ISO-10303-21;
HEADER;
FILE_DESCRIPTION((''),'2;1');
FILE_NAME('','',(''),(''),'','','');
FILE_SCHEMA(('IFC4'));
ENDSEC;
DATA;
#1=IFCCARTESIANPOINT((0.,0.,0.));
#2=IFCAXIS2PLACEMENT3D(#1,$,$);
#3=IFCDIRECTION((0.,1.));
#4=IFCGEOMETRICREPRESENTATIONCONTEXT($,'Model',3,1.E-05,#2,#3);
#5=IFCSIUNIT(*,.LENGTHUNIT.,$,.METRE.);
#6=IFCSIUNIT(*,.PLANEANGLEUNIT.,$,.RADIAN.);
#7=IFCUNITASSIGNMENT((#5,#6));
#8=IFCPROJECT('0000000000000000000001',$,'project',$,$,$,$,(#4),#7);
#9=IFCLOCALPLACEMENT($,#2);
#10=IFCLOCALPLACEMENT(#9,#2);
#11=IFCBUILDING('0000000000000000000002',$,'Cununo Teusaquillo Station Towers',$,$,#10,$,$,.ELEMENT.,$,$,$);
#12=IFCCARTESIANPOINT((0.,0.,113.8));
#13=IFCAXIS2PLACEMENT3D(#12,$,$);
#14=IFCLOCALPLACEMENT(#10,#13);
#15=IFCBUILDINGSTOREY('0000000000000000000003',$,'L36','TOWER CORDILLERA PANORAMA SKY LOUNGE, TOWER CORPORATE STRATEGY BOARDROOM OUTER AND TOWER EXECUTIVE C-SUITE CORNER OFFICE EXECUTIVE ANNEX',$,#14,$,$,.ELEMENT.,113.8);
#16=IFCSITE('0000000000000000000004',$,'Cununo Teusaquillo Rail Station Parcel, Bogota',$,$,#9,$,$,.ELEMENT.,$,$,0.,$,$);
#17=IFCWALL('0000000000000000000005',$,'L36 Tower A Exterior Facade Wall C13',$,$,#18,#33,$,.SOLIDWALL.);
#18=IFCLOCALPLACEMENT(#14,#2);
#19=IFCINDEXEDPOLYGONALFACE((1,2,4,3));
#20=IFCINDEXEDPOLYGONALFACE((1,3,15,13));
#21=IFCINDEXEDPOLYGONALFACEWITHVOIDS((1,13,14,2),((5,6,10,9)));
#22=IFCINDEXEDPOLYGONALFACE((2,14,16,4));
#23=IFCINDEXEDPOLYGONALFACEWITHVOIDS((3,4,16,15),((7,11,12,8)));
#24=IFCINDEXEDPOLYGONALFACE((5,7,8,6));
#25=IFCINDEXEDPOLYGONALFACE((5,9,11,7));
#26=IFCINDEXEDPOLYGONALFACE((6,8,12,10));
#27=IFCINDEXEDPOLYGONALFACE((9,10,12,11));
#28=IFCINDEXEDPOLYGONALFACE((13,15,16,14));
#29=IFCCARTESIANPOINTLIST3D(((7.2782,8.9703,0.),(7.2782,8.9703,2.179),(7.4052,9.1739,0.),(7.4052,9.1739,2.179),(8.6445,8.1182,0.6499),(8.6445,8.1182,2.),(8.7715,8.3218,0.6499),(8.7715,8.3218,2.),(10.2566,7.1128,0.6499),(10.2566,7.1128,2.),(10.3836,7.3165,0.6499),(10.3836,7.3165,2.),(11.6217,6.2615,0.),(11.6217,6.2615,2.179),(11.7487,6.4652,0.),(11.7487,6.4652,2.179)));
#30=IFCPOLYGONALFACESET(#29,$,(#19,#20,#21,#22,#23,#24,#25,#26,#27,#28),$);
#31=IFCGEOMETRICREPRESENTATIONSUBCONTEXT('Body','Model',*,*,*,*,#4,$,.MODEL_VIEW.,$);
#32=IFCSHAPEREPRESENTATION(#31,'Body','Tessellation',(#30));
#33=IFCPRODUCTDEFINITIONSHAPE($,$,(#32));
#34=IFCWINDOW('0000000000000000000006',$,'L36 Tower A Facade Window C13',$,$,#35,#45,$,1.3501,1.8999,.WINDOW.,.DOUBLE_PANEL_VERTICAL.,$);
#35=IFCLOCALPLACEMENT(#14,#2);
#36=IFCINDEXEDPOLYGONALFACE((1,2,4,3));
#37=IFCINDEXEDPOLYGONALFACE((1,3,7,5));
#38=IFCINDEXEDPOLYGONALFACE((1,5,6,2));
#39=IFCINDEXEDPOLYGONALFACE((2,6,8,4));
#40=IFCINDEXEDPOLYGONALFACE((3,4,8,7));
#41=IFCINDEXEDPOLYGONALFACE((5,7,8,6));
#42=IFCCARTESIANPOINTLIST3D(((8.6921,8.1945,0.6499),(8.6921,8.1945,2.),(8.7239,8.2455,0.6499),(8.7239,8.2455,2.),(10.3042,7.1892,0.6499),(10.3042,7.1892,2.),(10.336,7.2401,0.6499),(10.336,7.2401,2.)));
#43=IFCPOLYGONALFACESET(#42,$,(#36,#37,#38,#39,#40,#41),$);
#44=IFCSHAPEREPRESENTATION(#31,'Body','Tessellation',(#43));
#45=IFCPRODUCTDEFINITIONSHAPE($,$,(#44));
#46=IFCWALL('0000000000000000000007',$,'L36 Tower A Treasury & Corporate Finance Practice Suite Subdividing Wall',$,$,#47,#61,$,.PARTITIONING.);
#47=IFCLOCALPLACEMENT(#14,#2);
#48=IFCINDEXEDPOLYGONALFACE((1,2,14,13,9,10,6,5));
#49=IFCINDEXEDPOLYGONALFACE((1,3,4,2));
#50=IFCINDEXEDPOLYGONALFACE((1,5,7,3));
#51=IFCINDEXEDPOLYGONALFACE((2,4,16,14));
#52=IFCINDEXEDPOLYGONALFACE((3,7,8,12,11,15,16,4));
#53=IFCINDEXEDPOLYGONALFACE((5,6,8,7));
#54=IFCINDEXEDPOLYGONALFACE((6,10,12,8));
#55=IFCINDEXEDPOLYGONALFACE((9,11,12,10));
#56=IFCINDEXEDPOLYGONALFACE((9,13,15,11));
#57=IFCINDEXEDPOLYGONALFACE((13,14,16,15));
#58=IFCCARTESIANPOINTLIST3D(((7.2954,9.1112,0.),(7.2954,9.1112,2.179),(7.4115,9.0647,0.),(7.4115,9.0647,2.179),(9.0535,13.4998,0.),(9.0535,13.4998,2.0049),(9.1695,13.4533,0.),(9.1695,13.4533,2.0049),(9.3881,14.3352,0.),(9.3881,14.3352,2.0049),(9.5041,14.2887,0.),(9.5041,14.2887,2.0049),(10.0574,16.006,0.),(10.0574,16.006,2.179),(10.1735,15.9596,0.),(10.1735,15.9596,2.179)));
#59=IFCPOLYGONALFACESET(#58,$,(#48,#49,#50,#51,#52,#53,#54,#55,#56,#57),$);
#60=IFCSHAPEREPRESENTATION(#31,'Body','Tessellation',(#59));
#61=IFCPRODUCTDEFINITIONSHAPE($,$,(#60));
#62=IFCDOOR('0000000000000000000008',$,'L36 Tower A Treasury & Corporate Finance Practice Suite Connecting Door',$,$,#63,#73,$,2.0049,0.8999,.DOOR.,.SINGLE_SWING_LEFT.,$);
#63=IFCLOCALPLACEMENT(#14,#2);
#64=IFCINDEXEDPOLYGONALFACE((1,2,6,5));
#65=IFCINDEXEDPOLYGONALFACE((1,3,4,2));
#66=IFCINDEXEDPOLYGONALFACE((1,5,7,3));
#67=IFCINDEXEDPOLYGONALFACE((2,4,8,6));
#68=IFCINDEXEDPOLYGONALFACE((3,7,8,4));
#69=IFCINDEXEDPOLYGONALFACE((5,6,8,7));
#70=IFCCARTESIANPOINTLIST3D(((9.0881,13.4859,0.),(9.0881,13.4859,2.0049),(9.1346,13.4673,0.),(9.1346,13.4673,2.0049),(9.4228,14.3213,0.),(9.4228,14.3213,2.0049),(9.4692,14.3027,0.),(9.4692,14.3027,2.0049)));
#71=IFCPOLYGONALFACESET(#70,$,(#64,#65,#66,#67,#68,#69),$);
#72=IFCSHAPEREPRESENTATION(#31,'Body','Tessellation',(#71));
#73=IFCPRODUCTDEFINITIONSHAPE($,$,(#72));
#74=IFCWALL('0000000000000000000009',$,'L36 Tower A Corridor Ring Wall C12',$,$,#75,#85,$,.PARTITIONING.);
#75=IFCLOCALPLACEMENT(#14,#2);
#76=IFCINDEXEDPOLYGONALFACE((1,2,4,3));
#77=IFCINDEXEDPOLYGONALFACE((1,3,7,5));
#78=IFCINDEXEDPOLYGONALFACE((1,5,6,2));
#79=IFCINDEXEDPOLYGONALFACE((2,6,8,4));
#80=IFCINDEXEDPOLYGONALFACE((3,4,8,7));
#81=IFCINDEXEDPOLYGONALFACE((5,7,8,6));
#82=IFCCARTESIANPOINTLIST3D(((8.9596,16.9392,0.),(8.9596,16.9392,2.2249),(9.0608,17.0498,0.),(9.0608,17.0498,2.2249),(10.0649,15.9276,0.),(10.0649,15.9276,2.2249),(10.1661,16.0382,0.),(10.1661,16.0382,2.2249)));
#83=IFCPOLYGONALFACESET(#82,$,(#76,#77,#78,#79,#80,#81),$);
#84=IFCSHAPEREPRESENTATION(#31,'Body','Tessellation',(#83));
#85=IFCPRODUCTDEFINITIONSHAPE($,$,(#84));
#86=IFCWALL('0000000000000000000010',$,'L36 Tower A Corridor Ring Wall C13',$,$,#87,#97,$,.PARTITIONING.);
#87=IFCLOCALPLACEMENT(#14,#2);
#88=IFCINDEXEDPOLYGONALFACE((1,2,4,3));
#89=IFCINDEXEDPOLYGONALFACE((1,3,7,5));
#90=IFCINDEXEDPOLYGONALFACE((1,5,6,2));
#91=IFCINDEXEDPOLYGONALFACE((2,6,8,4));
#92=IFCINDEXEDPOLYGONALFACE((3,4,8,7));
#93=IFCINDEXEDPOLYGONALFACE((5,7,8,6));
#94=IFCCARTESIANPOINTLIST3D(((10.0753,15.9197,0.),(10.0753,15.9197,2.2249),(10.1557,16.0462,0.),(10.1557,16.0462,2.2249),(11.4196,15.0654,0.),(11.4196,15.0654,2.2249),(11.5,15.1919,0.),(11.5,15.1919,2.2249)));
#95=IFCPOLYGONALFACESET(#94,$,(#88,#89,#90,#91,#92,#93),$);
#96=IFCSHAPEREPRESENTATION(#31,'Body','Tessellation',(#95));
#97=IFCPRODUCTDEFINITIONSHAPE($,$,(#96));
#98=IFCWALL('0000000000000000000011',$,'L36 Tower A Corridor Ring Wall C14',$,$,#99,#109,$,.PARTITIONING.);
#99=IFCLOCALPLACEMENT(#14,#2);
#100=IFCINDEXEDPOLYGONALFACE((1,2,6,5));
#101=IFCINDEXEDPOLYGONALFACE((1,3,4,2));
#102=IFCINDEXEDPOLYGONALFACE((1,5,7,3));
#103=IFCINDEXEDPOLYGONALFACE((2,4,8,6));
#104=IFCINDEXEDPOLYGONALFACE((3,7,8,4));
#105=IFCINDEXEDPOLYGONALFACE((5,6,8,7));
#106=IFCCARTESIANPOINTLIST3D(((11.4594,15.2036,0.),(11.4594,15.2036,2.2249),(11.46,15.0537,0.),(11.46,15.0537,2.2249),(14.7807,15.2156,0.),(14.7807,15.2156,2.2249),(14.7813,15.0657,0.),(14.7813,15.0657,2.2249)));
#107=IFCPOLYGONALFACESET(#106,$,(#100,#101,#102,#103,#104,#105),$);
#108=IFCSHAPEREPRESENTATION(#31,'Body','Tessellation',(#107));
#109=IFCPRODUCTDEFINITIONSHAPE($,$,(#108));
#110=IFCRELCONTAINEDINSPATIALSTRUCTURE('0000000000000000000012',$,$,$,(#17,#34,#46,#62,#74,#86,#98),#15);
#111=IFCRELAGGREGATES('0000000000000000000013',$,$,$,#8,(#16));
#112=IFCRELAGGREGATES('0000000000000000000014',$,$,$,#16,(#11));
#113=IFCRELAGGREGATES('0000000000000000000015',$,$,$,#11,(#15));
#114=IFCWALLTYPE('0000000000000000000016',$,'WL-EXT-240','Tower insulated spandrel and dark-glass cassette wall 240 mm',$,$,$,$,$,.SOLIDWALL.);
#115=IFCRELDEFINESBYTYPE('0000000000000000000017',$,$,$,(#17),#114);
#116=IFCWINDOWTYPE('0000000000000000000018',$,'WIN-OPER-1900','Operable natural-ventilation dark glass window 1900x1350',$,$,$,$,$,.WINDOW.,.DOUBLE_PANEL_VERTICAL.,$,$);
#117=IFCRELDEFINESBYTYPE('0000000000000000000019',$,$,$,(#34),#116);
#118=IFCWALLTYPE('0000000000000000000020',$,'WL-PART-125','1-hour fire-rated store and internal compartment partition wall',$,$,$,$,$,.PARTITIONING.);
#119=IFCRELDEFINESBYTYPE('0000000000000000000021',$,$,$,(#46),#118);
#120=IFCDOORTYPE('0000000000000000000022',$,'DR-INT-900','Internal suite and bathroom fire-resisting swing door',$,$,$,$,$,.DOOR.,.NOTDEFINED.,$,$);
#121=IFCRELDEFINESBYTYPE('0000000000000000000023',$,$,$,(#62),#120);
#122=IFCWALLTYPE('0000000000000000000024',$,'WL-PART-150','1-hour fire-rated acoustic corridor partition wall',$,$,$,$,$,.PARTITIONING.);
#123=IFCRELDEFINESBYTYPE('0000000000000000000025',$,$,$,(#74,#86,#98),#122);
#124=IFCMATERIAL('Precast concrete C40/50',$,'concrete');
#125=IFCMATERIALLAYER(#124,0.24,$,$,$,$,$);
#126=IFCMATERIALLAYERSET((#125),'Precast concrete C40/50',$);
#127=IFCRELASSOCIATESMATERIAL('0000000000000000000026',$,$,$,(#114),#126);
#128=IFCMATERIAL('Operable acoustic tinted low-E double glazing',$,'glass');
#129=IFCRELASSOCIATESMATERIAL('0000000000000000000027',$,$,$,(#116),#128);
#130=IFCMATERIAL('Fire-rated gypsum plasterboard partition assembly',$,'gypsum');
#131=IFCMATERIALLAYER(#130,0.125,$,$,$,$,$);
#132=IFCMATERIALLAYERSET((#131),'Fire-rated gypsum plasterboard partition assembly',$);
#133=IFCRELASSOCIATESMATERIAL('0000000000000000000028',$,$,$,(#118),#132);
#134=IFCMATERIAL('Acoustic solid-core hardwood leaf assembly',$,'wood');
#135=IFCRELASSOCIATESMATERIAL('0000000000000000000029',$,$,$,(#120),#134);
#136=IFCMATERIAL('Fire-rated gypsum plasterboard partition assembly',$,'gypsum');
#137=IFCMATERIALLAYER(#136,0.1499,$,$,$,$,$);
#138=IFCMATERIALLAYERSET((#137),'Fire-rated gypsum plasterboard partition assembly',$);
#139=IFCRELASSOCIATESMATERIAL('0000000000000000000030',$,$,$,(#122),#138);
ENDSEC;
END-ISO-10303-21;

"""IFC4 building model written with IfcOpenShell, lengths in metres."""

from ifc_helpers import new_model, si_unit, direction, frame, frame_2d, origin, place, context, subcontext, project, spatial, rectangle, extrude, source, transform, mapped, material, layer, layer_set, type_object, element, fill, save


model = new_model("IFC4")

# Units and contexts
model_context = context("Model", 3, precision=1e-05, world=origin(), true_north=direction((0.0, 1.0)))
body_context = subcontext(model_context, "Body", "Model", "MODEL_VIEW")
ifc_project = project(units=[si_unit("LENGTHUNIT", "METRE"), si_unit("PLANEANGLEUNIT", "RADIAN")], contexts=[model_context])

# Site, building, storey
site_placement = place(None, origin())
site = spatial("IfcSite", under=ifc_project, at=site_placement, Name="Cununo Teusaquillo Rail Station Parcel, Bogota", CompositionType="ELEMENT", RefElevation=0.0)
building_placement = place(site_placement, origin())
building = spatial("IfcBuilding", under=site, at=building_placement, Name="Cununo Teusaquillo Station Towers", CompositionType="ELEMENT")
storey_placement = place(building_placement, frame((0.0, 0.0, 113.8)))
storey = spatial("IfcBuildingStorey", under=building, at=storey_placement, Name="L36", Description="TOWER CORDILLERA PANORAMA SKY LOUNGE, TOWER CORPORATE STRATEGY BOARDROOM OUTER AND TOWER EXECUTIVE C-SUITE CORNER OFFICE EXECUTIVE ANNEX", CompositionType="ELEMENT", Elevation=113.8)

# Shared definitions
ifc_material_1 = material(Name="Precast concrete C40/50", Category="concrete")
ifc_layer_1 = layer(ifc_material_1, 0.24)
ifc_layer_set_1 = layer_set([ifc_layer_1], Name="Precast concrete C40/50")
wall_type_1 = type_object("IfcWallType", Name="WL-EXT-240", Description="Tower insulated spandrel and dark-glass cassette wall 240 mm", PredefinedType="SOLIDWALL", material=ifc_layer_set_1)
shared_shape_1 = source(origin(), body_context, "Body", "SweptSolid", [
    extrude(rectangle(XDim=1.8999, YDim=1.3501, at=frame_2d((0.95, 0.675))), frame((0.0, 0.1299, 0.0), z_axis=(0.0, -1.0, 0.0), x_axis=(1.0, 0.0, 0.0)), (0.0, 0.0, 1.0), 0.26),
])
ifc_material_2 = material(Name="Operable acoustic tinted low-E double glazing", Category="glass")
window_type = type_object("IfcWindowType", Name="WIN-OPER-1900", Description="Operable natural-ventilation dark glass window 1900x1350", PartitioningType="DOUBLE_PANEL_VERTICAL", PredefinedType="WINDOW", material=ifc_material_2)
shared_shape_2 = source(origin(), body_context, "Body", "SweptSolid", [
    extrude(rectangle(XDim=1.8999, YDim=1.3501, at=frame_2d((0.95, 0.675))), frame((0.0, 0.03, 0.0), z_axis=(0.0, -1.0, 0.0), x_axis=(1.0, 0.0, 0.0)), (0.0, 0.0, 1.0), 0.0601),
])

# Wall, opening, window
wall_1_placement = place(storey_placement, frame((11.6853, 6.3633, 0.0), z_axis=(0.0, 0.0, 1.0), x_axis=(-0.84852, 0.529163, 0.0)))
wall_1 = element("IfcWall", 1, at=wall_1_placement, inside=storey, type_object=wall_type_1, Name="L36 Tower A Exterior Facade Wall C13", PredefinedType="SOLIDWALL", context=body_context, shape_type="SweptSolid", body=[
    extrude(rectangle(XDim=5.1189, YDim=0.24, at=frame_2d((2.5596, 0.0))), origin(), (0.0, 0.0, 1.0), 2.179),
])
opening_1_placement = place(wall_1_placement, frame((1.6089, 0.0, 0.6499)))
opening_1 = element("IfcOpeningElement", 2, at=opening_1_placement, cuts=wall_1, PredefinedType="OPENING", context=body_context, shape_type="MappedRepresentation", body=[
    mapped(shared_shape_1, transform((0.0, 0.0, 0.0), x_axis=(1.0, 0.0, 0.0), y_axis=(0.0, 1.0, 0.0), z_axis=(0.0, 0.0, 1.0), scale=1.0)),
])
window_1_placement = place(opening_1_placement, origin())
window_1 = element("IfcWindow", 3, at=window_1_placement, inside=storey, type_object=window_type, Name="L36 Tower A Facade Window C13", OverallHeight=1.3501, OverallWidth=1.8999, PartitioningType="DOUBLE_PANEL_VERTICAL", PredefinedType="WINDOW", context=body_context, shape_type="MappedRepresentation", body=[
    mapped(shared_shape_2, transform((0.0, 0.0, 0.0), x_axis=(1.0, 0.0, 0.0), y_axis=(0.0, 1.0, 0.0), z_axis=(0.0, 0.0, 1.0), scale=1.0)),
])
fill(opening_1, window_1)

# Wall, opening, door
ifc_material_3 = material(Name="Fire-rated gypsum plasterboard partition assembly", Category="gypsum")
ifc_layer_2 = layer(ifc_material_3, 0.125)
ifc_layer_set_2 = layer_set([ifc_layer_2], Name="Fire-rated gypsum plasterboard partition assembly")
wall_type_2 = type_object("IfcWallType", Name="WL-PART-125", Description="1-hour fire-rated store and internal compartment partition wall", PredefinedType="PARTITIONING", material=ifc_layer_set_2)
wall_2_placement = place(storey_placement, frame((10.1155, 15.9829, 0.0), z_axis=(0.0, 0.0, 1.0), x_axis=(-0.371861, -0.928288, 0.0)))
wall_2 = element("IfcWall", 4, at=wall_2_placement, inside=storey, type_object=wall_type_2, Name="L36 Tower A Treasury & Corporate Finance Practice Suite Subdividing Wall", PredefinedType="PARTITIONING", context=body_context, shape_type="SweptSolid", body=[
    extrude(rectangle(XDim=7.4275, YDim=0.125, at=frame_2d((3.7139, 0.0))), origin(), (0.0, 0.0, 1.0), 2.179),
])
shared_shape_3 = source(origin(), body_context, "Body", "SweptSolid", [
    extrude(rectangle(XDim=0.8999, YDim=2.0049, at=frame_2d((0.45, 1.0024))), frame((0.0, 0.0725, 0.0), z_axis=(0.0, -1.0, 0.0), x_axis=(1.0, 0.0, 0.0)), (0.0, 0.0, 1.0), 0.145),
])
opening_2_placement = place(wall_2_placement, frame((1.8, 0.0, 0.0)))
opening_2 = element("IfcOpeningElement", 5, at=opening_2_placement, cuts=wall_2, PredefinedType="OPENING", context=body_context, shape_type="MappedRepresentation", body=[
    mapped(shared_shape_3, transform((0.0, 0.0, 0.0), x_axis=(1.0, 0.0, 0.0), y_axis=(0.0, 1.0, 0.0), z_axis=(0.0, 0.0, 1.0), scale=1.0)),
])
ifc_material_4 = material(Name="Acoustic solid-core hardwood leaf assembly", Category="wood")
door_type = type_object("IfcDoorType", Name="DR-INT-900", Description="Internal suite and bathroom fire-resisting swing door", OperationType="NOTDEFINED", PredefinedType="DOOR", material=ifc_material_4)
shared_shape_4 = source(origin(), body_context, "Body", "SweptSolid", [
    extrude(rectangle(XDim=0.8999, YDim=2.0049, at=frame_2d((0.45, 1.0024))), frame((0.0, 0.0249, 0.0), z_axis=(0.0, -1.0, 0.0), x_axis=(1.0, 0.0, 0.0)), (0.0, 0.0, 1.0), 0.05),
])
door_placement = place(opening_2_placement, origin())
door = element("IfcDoor", 6, at=door_placement, inside=storey, type_object=door_type, Name="L36 Tower A Treasury & Corporate Finance Practice Suite Connecting Door", OperationType="SINGLE_SWING_LEFT", OverallHeight=2.0049, OverallWidth=0.8999, PredefinedType="DOOR", context=body_context, shape_type="MappedRepresentation", body=[
    mapped(shared_shape_4, transform((0.0, 0.0, 0.0), x_axis=(1.0, 0.0, 0.0), y_axis=(0.0, 1.0, 0.0), z_axis=(0.0, 0.0, 1.0), scale=1.0)),
])
fill(opening_2, door)

# Walls
ifc_material_5 = material(Name="Fire-rated gypsum plasterboard partition assembly", Category="gypsum")
ifc_layer_3 = layer(ifc_material_5, 0.1499)
ifc_layer_set_3 = layer_set([ifc_layer_3], Name="Fire-rated gypsum plasterboard partition assembly")
wall_type_3 = type_object("IfcWallType", Name="WL-PART-150", Description="1-hour fire-rated acoustic corridor partition wall", PredefinedType="PARTITIONING", material=ifc_layer_set_3)
wall_3_placement = place(storey_placement, frame((9.0103, 16.9944, 0.0), z_axis=(0.0, 0.0, 1.0), x_axis=(0.737702, -0.675127, 0.0)))
element("IfcWall", 7, at=wall_3_placement, inside=storey, type_object=wall_type_3, Name="L36 Tower A Corridor Ring Wall C12", PredefinedType="PARTITIONING", context=body_context, shape_type="SweptSolid", body=[
    extrude(rectangle(XDim=1.4983, YDim=0.1499, at=frame_2d((0.749, 0.0))), origin(), (0.0, 0.0, 1.0), 2.2249),
])
wall_4_placement = place(storey_placement, frame((10.1155, 15.9829, 0.0), z_axis=(0.0, 0.0, 1.0), x_axis=(0.843996, -0.53635, 0.0)))
element("IfcWall", 8, at=wall_4_placement, inside=storey, type_object=wall_type_3, Name="L36 Tower A Corridor Ring Wall C13", PredefinedType="PARTITIONING", context=body_context, shape_type="SweptSolid", body=[
    extrude(rectangle(XDim=1.5928, YDim=0.1499, at=frame_2d((0.7964, 0.0))), origin(), (0.0, 0.0, 1.0), 2.2249),
])
wall_5_placement = place(storey_placement, frame((11.4597, 15.1287, 0.0), z_axis=(0.0, 0.0, 1.0), x_axis=(0.999994, 0.003602, 0.0)))
element("IfcWall", 9, at=wall_5_placement, inside=storey, type_object=wall_type_3, Name="L36 Tower A Corridor Ring Wall C14", PredefinedType="PARTITIONING", context=body_context, shape_type="SweptSolid", body=[
    extrude(rectangle(XDim=3.3213, YDim=0.1499, at=frame_2d((1.6606, 0.0))), origin(), (0.0, 0.0, 1.0), 2.2249),
])

save(model, "model.ifc")
